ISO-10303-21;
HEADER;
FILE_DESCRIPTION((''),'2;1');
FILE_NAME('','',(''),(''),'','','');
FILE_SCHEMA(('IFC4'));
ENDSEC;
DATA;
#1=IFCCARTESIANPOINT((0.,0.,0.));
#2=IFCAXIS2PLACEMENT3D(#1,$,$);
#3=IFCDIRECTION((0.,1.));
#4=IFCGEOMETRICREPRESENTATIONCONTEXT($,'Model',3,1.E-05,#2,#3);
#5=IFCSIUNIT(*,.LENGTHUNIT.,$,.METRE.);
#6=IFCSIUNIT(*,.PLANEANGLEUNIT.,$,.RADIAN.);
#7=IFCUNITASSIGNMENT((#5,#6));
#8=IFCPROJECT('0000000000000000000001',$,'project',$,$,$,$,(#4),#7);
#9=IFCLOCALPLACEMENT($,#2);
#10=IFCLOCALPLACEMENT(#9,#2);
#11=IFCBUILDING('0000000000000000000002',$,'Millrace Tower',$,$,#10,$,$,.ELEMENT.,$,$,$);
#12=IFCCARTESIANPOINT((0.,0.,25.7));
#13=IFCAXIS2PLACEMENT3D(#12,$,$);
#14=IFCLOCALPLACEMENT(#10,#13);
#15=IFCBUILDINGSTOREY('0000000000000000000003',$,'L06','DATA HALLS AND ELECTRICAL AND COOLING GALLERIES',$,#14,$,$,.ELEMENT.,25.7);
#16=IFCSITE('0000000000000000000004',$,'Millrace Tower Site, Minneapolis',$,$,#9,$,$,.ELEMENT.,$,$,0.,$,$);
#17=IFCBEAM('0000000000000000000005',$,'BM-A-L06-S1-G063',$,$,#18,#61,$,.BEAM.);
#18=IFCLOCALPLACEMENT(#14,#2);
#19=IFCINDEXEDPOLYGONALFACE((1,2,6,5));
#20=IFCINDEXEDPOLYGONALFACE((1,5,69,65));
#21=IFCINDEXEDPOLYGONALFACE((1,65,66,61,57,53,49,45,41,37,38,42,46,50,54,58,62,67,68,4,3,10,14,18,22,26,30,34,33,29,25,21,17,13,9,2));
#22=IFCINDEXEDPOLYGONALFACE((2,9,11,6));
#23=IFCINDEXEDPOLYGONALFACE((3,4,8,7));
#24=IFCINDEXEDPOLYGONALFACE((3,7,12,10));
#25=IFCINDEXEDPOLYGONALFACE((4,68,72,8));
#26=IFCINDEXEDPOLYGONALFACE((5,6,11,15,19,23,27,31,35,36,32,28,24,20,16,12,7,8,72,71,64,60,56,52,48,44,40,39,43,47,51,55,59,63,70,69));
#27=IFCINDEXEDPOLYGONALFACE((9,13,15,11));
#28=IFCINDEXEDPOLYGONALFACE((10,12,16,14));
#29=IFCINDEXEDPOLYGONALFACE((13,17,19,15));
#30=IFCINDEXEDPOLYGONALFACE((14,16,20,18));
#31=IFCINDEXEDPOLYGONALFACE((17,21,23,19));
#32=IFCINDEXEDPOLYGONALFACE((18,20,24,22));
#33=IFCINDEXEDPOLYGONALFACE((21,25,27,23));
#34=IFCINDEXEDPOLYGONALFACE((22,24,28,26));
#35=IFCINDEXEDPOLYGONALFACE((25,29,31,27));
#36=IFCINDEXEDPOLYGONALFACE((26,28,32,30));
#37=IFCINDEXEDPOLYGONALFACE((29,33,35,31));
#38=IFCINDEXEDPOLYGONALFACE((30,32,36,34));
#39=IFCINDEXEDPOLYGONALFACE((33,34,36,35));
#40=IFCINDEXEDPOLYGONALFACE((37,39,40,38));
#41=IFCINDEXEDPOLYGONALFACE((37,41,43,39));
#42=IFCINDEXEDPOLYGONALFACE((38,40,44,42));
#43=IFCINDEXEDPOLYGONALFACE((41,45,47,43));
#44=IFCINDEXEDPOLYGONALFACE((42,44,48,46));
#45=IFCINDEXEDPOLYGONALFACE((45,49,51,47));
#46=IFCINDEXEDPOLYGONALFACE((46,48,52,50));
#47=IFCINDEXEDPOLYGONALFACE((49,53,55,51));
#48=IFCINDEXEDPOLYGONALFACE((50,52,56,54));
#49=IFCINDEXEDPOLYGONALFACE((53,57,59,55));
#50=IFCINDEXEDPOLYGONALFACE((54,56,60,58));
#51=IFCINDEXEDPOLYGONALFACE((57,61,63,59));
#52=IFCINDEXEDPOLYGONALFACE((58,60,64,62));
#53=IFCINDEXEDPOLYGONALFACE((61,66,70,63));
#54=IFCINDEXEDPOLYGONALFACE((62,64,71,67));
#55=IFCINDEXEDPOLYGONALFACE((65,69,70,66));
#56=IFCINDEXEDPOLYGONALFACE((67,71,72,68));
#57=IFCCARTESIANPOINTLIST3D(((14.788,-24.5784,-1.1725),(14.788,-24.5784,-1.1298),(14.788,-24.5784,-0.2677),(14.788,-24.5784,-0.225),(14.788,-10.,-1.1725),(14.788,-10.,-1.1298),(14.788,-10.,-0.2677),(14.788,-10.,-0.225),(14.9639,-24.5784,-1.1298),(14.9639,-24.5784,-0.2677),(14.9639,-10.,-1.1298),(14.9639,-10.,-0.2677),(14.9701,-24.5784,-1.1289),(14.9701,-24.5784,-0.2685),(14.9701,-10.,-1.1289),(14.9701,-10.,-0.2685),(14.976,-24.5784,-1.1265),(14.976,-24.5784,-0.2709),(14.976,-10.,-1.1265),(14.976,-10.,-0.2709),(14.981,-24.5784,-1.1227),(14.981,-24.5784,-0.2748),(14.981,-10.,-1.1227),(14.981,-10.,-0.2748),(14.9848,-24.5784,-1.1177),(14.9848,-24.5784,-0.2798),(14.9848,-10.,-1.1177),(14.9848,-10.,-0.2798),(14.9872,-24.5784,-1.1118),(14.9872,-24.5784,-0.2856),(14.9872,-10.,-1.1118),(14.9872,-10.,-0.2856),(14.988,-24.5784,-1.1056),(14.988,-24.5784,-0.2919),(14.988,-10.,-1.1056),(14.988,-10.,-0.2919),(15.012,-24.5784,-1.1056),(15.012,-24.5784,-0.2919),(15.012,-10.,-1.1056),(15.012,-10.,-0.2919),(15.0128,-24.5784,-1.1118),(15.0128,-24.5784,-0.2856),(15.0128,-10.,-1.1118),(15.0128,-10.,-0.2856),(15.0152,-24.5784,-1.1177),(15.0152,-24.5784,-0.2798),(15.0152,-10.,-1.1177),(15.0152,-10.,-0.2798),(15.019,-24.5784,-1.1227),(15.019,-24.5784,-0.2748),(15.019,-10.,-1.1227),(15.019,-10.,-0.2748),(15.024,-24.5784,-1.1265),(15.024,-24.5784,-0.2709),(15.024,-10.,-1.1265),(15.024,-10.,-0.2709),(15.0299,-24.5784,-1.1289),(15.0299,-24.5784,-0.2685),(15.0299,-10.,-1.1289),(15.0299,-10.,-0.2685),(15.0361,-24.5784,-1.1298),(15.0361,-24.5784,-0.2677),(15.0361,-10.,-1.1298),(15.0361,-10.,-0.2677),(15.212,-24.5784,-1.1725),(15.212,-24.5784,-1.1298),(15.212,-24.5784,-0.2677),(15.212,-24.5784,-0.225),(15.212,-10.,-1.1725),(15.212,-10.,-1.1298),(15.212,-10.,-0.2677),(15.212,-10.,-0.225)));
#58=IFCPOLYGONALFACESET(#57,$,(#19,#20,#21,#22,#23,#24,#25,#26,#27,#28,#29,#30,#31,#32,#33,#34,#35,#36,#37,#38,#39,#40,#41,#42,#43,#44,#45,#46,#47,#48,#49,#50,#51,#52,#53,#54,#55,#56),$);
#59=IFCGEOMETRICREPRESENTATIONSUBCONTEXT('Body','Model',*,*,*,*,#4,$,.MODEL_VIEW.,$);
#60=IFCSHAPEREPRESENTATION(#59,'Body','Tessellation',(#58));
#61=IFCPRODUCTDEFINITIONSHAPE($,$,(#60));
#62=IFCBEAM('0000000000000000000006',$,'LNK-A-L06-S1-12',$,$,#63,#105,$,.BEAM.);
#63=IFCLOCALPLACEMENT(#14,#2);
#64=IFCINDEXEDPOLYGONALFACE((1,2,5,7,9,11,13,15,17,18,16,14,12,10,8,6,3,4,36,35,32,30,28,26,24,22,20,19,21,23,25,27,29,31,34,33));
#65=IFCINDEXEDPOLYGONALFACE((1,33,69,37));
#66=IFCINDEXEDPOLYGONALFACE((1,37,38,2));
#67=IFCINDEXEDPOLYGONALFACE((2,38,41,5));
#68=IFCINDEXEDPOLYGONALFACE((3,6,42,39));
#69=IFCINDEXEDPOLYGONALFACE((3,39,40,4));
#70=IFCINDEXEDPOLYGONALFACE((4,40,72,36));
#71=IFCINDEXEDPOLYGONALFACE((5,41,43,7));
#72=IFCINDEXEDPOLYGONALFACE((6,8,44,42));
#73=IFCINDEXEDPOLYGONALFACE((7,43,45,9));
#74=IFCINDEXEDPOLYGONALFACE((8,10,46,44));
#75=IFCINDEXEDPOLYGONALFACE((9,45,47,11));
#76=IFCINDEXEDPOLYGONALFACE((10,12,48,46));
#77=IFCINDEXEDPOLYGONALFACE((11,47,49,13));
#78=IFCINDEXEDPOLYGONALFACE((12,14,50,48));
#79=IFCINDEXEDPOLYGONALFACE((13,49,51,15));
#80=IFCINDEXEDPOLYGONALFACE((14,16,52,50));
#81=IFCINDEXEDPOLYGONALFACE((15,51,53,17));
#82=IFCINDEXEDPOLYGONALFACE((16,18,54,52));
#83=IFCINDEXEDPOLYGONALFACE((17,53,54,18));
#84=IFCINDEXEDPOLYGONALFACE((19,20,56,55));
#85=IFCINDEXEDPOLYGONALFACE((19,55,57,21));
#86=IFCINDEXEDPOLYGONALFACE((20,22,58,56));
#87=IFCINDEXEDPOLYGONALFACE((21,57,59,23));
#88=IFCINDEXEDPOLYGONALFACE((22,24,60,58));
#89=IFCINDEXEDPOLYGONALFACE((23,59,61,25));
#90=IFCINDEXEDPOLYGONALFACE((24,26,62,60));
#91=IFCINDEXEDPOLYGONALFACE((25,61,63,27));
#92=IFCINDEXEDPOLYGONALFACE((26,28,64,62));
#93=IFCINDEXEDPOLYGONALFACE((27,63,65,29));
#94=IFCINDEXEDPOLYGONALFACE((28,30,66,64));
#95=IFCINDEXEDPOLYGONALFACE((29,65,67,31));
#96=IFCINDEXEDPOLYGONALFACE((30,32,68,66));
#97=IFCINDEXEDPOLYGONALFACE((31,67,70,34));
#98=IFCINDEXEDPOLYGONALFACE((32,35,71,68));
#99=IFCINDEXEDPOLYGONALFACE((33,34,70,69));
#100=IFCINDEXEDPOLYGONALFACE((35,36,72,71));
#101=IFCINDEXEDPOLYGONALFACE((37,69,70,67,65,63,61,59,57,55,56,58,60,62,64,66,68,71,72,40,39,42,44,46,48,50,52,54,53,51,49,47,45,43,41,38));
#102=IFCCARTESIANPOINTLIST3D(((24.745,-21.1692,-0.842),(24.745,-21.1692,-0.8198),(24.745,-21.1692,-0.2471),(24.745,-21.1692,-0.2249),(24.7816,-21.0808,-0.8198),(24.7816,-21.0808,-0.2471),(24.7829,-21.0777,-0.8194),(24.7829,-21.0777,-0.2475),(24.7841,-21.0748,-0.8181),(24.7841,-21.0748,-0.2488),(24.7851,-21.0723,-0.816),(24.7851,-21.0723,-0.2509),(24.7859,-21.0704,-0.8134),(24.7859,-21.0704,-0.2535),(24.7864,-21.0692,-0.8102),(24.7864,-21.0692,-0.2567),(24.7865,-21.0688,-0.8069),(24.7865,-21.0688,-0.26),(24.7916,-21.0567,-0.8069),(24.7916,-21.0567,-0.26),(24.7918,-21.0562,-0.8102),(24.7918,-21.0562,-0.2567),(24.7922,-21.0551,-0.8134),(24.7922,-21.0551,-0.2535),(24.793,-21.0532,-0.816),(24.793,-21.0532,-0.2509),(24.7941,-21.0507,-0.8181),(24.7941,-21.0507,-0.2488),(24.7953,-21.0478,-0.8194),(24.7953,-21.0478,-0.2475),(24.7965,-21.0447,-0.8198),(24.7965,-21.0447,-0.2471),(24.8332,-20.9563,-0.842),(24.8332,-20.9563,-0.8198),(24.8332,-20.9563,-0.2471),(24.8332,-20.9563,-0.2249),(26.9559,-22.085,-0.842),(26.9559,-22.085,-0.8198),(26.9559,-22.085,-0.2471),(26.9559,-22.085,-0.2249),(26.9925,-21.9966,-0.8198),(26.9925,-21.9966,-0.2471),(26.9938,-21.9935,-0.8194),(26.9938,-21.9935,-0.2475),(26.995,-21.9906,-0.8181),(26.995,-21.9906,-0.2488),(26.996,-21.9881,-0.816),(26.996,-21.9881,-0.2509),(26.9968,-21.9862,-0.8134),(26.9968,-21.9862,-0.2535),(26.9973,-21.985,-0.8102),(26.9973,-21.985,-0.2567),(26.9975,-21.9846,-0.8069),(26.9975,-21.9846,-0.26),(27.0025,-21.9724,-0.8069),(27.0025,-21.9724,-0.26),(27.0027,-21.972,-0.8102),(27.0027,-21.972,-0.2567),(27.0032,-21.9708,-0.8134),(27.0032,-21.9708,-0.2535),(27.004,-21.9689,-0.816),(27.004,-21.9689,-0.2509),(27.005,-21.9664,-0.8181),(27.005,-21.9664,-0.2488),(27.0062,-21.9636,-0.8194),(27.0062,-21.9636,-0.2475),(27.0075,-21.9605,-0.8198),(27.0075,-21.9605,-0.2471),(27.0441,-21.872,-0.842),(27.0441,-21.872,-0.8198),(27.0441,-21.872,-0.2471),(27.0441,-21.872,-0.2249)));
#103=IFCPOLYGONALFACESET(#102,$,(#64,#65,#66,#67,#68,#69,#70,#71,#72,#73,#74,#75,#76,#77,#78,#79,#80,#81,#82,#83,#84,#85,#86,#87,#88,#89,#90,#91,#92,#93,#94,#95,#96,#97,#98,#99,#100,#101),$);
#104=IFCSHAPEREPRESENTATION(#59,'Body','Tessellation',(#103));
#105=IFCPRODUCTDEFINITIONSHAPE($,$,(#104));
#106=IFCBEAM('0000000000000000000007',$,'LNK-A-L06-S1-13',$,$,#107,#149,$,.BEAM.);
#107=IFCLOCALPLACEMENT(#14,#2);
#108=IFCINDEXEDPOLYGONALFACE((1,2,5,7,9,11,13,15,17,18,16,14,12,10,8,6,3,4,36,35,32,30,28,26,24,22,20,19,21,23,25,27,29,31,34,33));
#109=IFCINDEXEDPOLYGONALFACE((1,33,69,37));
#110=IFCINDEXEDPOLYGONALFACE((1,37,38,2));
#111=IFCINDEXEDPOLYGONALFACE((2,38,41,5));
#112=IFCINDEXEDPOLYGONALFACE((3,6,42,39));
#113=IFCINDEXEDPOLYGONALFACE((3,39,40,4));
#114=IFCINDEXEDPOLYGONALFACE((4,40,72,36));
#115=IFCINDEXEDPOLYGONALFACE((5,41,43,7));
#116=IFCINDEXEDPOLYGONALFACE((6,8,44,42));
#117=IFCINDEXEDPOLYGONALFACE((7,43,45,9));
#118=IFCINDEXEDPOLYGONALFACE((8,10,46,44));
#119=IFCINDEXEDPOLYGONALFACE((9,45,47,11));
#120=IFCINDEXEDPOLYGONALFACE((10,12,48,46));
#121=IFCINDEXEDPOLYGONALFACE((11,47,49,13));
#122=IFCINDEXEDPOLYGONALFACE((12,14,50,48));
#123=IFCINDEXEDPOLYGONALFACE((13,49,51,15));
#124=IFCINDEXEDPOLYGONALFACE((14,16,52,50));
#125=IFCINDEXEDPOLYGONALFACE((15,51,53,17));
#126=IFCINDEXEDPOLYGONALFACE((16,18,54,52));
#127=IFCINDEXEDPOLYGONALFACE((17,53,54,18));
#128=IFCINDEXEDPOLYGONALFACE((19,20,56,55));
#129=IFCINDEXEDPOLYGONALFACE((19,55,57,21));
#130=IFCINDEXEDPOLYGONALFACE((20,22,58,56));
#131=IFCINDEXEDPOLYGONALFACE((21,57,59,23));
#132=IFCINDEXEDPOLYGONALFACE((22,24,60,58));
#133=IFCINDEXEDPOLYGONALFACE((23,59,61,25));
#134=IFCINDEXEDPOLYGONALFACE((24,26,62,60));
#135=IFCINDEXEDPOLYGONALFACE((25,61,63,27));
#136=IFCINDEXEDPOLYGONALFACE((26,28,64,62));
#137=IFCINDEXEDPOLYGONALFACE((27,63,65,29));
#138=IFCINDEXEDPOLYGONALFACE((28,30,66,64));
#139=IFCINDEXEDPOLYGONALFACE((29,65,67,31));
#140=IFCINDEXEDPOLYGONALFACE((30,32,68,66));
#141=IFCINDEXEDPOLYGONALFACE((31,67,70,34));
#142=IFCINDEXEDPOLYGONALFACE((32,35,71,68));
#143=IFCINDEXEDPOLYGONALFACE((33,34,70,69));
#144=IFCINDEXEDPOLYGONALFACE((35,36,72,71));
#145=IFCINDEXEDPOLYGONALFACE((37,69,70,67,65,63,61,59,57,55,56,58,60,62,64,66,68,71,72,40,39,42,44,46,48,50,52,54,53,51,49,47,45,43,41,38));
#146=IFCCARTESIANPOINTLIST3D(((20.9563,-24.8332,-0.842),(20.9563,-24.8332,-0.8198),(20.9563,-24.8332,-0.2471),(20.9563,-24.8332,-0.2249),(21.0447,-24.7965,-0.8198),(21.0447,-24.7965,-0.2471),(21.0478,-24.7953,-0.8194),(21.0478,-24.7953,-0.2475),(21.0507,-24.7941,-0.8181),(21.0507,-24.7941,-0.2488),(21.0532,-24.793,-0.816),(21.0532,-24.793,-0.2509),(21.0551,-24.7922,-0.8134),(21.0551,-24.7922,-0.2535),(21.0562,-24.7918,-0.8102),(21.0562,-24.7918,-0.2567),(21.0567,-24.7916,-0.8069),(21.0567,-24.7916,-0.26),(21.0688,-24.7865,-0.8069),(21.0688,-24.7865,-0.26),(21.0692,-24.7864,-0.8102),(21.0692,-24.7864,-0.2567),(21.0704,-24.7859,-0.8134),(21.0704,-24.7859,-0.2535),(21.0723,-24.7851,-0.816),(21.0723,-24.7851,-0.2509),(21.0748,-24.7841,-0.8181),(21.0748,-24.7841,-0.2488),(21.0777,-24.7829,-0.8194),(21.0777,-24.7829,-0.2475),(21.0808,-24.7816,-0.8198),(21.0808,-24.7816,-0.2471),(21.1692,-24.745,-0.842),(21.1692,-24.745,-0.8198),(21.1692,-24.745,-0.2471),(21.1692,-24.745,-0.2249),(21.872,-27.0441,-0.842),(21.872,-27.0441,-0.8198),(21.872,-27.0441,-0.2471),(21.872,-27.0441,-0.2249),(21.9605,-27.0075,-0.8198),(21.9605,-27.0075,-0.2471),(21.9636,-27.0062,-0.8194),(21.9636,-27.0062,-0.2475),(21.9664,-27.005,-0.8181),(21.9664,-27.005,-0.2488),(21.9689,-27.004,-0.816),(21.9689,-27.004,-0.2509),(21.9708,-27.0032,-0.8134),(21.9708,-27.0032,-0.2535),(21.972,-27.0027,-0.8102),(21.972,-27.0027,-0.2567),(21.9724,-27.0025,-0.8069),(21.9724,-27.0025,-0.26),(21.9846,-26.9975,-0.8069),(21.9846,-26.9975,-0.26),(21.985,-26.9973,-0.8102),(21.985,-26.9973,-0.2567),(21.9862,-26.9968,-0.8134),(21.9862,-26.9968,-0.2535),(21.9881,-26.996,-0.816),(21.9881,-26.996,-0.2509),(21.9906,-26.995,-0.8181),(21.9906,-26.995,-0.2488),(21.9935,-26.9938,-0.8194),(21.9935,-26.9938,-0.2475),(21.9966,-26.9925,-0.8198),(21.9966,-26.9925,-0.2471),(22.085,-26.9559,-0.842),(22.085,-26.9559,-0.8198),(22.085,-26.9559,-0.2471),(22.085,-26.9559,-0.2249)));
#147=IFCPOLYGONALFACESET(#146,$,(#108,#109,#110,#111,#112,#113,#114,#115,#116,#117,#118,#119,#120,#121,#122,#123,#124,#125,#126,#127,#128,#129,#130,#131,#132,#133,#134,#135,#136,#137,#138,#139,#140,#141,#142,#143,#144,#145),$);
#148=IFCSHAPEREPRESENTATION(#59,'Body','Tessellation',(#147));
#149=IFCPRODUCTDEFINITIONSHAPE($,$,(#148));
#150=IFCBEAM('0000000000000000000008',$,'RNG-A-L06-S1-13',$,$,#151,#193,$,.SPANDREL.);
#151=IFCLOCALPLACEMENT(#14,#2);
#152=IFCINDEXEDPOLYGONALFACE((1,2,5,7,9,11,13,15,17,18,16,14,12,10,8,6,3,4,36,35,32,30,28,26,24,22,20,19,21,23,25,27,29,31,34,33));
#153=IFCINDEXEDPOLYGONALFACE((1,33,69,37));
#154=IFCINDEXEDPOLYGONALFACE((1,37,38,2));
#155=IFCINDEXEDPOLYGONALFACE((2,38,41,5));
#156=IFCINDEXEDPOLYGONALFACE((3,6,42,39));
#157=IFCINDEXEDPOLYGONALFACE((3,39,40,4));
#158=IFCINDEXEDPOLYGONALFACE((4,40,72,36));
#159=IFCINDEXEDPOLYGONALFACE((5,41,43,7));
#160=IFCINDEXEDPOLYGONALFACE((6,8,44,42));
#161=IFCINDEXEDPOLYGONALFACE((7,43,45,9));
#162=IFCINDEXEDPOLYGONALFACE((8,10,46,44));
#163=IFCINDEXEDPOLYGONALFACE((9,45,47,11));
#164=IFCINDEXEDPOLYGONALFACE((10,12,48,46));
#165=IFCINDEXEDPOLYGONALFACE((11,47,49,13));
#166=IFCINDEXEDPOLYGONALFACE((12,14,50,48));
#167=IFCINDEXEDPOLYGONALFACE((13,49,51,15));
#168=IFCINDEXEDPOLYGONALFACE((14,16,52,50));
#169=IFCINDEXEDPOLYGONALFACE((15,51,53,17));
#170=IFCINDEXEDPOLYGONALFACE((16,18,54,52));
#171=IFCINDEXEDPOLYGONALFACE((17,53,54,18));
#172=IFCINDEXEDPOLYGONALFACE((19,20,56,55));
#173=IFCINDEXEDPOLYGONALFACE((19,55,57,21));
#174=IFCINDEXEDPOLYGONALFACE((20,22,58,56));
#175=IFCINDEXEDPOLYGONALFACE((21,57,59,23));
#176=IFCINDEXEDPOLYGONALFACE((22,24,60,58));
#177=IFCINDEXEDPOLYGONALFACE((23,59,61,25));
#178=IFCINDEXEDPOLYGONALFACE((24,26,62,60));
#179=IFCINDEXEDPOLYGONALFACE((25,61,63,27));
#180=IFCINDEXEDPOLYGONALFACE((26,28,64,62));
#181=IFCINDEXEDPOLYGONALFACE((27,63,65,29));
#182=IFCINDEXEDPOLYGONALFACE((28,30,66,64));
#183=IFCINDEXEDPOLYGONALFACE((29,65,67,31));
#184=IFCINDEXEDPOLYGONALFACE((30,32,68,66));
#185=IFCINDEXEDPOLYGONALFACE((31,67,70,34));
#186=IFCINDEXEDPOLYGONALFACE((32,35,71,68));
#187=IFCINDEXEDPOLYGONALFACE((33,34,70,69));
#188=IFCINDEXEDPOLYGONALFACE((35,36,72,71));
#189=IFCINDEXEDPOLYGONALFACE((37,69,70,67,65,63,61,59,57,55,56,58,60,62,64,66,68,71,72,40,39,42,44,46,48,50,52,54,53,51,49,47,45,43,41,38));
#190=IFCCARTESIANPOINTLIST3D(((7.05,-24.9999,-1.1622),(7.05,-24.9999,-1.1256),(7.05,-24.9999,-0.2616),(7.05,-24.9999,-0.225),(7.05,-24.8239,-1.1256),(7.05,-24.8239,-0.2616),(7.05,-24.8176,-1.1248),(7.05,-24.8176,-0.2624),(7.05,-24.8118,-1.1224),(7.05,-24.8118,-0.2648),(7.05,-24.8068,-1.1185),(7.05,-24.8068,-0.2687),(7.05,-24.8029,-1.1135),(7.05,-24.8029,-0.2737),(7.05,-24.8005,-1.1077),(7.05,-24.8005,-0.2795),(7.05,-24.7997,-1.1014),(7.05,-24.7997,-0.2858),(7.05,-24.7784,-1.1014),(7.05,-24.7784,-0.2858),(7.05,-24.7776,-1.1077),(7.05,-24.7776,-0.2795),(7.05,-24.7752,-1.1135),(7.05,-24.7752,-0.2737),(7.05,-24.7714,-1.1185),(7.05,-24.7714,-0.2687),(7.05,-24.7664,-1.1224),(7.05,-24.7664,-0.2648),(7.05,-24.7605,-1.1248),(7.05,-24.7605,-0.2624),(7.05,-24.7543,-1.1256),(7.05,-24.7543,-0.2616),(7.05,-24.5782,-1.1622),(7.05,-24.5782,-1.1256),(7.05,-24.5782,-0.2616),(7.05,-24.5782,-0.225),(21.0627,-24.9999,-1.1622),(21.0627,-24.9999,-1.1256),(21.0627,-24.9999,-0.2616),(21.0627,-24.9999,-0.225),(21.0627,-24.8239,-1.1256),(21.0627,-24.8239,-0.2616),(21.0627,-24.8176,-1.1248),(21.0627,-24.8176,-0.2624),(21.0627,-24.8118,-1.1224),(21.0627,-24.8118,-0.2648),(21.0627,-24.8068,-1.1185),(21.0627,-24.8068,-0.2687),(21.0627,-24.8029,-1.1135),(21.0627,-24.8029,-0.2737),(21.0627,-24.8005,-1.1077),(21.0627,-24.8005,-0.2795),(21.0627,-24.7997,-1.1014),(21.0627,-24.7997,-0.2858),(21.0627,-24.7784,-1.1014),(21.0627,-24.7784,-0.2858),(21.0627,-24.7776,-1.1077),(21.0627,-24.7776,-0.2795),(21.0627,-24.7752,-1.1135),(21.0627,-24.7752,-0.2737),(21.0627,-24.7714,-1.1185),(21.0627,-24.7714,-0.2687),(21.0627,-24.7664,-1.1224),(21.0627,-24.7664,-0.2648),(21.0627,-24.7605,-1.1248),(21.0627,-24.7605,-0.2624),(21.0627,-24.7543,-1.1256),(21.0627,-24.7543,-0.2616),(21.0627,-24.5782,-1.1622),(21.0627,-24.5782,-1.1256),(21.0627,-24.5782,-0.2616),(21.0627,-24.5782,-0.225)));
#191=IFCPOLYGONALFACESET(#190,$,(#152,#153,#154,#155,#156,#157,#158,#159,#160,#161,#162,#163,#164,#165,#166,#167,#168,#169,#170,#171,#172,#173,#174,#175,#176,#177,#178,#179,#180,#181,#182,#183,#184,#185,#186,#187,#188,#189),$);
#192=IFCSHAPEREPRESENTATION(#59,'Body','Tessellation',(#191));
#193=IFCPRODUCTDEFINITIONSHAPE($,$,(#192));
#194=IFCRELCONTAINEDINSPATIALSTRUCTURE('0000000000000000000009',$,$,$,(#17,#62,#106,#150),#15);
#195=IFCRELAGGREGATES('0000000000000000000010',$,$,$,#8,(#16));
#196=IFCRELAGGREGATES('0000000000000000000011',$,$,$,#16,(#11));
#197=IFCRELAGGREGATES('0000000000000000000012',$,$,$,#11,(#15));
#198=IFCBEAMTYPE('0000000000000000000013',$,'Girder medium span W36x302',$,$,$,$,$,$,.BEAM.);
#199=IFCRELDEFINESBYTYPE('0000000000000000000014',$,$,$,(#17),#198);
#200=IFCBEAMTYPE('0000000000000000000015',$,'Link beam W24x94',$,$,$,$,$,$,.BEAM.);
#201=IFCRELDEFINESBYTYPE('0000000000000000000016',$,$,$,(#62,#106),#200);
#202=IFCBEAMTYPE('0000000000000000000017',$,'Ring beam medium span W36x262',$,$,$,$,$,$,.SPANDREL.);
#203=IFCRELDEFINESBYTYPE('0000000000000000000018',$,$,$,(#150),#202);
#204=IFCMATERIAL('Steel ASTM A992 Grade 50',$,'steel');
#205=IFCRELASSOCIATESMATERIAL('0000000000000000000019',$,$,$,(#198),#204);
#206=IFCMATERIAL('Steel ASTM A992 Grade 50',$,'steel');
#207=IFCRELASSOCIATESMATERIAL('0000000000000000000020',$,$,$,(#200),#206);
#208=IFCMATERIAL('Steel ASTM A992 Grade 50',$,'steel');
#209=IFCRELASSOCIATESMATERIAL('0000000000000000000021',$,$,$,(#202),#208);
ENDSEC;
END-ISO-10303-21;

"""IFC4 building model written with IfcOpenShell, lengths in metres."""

from ifc_helpers import new_model, si_unit, direction, frame, origin, origin_2d, place, context, subcontext, project, spatial, i_section, extrude, material, material_profile, profile_set, type_object, element, save


model = new_model("IFC4")

# Units and contexts
model_context = context("Model", 3, precision=1e-05, world=origin(), true_north=direction((0.0, 1.0)))
body_context = subcontext(model_context, "Body", "Model", "MODEL_VIEW")
ifc_project = project(units=[si_unit("LENGTHUNIT", "METRE"), si_unit("PLANEANGLEUNIT", "RADIAN")], contexts=[model_context])

# Site, building, storey
site_placement = place(None, origin())
site = spatial("IfcSite", under=ifc_project, at=site_placement, Name="Millrace Tower Site, Minneapolis", CompositionType="ELEMENT", RefElevation=0.0)
building_placement = place(site_placement, origin())
building = spatial("IfcBuilding", under=site, at=building_placement, Name="Millrace Tower", CompositionType="ELEMENT")
storey_placement = place(building_placement, frame((0.0, 0.0, 25.7)))
storey = spatial("IfcBuildingStorey", under=building, at=storey_placement, Name="L06", Description="DATA HALLS AND ELECTRICAL AND COOLING GALLERIES", CompositionType="ELEMENT", Elevation=25.7)

# Beams
ifc_material_1 = material(Name="Steel ASTM A992 Grade 50", Category="steel")
ifc_material_profile_1 = material_profile(ifc_material_1, i_section(OverallWidth=0.4241, OverallDepth=0.9475, WebThickness=0.0239, FlangeThickness=0.0427, FilletRadius=0.0242, at=origin_2d()))
ifc_profile_set_1 = profile_set([ifc_material_profile_1], Name="Steel ASTM A992 Grade 50")
beam_type_1 = type_object("IfcBeamType", Name="Girder medium span W36x302", PredefinedType="BEAM", material=ifc_profile_set_1)
beam_1_placement = place(storey_placement, frame((15.0, -24.5784, -0.6987), z_axis=(0.0, 1.0, 0.0), x_axis=(-1.0, 0.0, 0.0)))
element("IfcBeam", 1, at=beam_1_placement, inside=storey, type_object=beam_type_1, Name="BM-A-L06-S1-G063", PredefinedType="BEAM", context=body_context, shape_type="SweptSolid", body=[
    extrude(i_section(OverallWidth=0.4241, OverallDepth=0.9475, WebThickness=0.0239, FlangeThickness=0.0427, FilletRadius=0.0242, at=origin_2d()), origin(), (0.0, 0.0, 1.0), 14.5784),
])
ifc_material_2 = material(Name="Steel ASTM A992 Grade 50", Category="steel")
ifc_material_profile_2 = material_profile(ifc_material_2, i_section(OverallWidth=0.2305, OverallDepth=0.6172, WebThickness=0.0132, FlangeThickness=0.0222, FilletRadius=0.0129, at=origin_2d()))
ifc_profile_set_2 = profile_set([ifc_material_profile_2], Name="Steel ASTM A992 Grade 50")
beam_type_2 = type_object("IfcBeamType", Name="Link beam W24x94", PredefinedType="BEAM", material=ifc_profile_set_2)
for number, where, z_axis, x_axis, name in (
    (2, (24.7891, -21.0627, -0.5334), (0.923884, -0.382673, 0.0), (0.382673, 0.923884, 0.0), "LNK-A-L06-S1-12"),
    (3, (21.0627, -24.7891, -0.5334), (0.382673, -0.923884, 0.0), (0.923884, 0.382673, 0.0), "LNK-A-L06-S1-13"),
):
    element("IfcBeam", number, at=place(storey_placement, frame(where, z_axis=z_axis, x_axis=x_axis)), inside=storey, type_object=beam_type_2, Name=name, PredefinedType="BEAM", context=body_context, shape_type="SweptSolid", body=[
        extrude(i_section(OverallWidth=0.2305, OverallDepth=0.6172, WebThickness=0.0132, FlangeThickness=0.0222, FilletRadius=0.0129, at=origin_2d()), origin(), (0.0, 0.0, 1.0), 2.3931),
    ])
ifc_material_3 = material(Name="Steel ASTM A992 Grade 50", Category="steel")
ifc_material_profile_3 = material_profile(ifc_material_3, i_section(OverallWidth=0.4216, OverallDepth=0.9373, WebThickness=0.0212, FlangeThickness=0.0366, FilletRadius=0.0242, at=origin_2d()))
ifc_profile_set_3 = profile_set([ifc_material_profile_3], Name="Steel ASTM A992 Grade 50")
beam_type_3 = type_object("IfcBeamType", Name="Ring beam medium span W36x262", PredefinedType="SPANDREL", material=ifc_profile_set_3)
beam_2_placement = place(storey_placement, frame((21.0627, -24.7891, -0.6936), z_axis=(-1.0, 0.0, 0.0), x_axis=(0.0, -1.0, 0.0)))
element("IfcBeam", 4, at=beam_2_placement, inside=storey, type_object=beam_type_3, Name="RNG-A-L06-S1-13", PredefinedType="SPANDREL", context=body_context, shape_type="SweptSolid", body=[
    extrude(i_section(OverallWidth=0.4216, OverallDepth=0.9373, WebThickness=0.0212, FlangeThickness=0.0366, FilletRadius=0.0242, at=origin_2d()), origin(), (0.0, 0.0, 1.0), 14.0127),
])

save(model, "model.ifc")
